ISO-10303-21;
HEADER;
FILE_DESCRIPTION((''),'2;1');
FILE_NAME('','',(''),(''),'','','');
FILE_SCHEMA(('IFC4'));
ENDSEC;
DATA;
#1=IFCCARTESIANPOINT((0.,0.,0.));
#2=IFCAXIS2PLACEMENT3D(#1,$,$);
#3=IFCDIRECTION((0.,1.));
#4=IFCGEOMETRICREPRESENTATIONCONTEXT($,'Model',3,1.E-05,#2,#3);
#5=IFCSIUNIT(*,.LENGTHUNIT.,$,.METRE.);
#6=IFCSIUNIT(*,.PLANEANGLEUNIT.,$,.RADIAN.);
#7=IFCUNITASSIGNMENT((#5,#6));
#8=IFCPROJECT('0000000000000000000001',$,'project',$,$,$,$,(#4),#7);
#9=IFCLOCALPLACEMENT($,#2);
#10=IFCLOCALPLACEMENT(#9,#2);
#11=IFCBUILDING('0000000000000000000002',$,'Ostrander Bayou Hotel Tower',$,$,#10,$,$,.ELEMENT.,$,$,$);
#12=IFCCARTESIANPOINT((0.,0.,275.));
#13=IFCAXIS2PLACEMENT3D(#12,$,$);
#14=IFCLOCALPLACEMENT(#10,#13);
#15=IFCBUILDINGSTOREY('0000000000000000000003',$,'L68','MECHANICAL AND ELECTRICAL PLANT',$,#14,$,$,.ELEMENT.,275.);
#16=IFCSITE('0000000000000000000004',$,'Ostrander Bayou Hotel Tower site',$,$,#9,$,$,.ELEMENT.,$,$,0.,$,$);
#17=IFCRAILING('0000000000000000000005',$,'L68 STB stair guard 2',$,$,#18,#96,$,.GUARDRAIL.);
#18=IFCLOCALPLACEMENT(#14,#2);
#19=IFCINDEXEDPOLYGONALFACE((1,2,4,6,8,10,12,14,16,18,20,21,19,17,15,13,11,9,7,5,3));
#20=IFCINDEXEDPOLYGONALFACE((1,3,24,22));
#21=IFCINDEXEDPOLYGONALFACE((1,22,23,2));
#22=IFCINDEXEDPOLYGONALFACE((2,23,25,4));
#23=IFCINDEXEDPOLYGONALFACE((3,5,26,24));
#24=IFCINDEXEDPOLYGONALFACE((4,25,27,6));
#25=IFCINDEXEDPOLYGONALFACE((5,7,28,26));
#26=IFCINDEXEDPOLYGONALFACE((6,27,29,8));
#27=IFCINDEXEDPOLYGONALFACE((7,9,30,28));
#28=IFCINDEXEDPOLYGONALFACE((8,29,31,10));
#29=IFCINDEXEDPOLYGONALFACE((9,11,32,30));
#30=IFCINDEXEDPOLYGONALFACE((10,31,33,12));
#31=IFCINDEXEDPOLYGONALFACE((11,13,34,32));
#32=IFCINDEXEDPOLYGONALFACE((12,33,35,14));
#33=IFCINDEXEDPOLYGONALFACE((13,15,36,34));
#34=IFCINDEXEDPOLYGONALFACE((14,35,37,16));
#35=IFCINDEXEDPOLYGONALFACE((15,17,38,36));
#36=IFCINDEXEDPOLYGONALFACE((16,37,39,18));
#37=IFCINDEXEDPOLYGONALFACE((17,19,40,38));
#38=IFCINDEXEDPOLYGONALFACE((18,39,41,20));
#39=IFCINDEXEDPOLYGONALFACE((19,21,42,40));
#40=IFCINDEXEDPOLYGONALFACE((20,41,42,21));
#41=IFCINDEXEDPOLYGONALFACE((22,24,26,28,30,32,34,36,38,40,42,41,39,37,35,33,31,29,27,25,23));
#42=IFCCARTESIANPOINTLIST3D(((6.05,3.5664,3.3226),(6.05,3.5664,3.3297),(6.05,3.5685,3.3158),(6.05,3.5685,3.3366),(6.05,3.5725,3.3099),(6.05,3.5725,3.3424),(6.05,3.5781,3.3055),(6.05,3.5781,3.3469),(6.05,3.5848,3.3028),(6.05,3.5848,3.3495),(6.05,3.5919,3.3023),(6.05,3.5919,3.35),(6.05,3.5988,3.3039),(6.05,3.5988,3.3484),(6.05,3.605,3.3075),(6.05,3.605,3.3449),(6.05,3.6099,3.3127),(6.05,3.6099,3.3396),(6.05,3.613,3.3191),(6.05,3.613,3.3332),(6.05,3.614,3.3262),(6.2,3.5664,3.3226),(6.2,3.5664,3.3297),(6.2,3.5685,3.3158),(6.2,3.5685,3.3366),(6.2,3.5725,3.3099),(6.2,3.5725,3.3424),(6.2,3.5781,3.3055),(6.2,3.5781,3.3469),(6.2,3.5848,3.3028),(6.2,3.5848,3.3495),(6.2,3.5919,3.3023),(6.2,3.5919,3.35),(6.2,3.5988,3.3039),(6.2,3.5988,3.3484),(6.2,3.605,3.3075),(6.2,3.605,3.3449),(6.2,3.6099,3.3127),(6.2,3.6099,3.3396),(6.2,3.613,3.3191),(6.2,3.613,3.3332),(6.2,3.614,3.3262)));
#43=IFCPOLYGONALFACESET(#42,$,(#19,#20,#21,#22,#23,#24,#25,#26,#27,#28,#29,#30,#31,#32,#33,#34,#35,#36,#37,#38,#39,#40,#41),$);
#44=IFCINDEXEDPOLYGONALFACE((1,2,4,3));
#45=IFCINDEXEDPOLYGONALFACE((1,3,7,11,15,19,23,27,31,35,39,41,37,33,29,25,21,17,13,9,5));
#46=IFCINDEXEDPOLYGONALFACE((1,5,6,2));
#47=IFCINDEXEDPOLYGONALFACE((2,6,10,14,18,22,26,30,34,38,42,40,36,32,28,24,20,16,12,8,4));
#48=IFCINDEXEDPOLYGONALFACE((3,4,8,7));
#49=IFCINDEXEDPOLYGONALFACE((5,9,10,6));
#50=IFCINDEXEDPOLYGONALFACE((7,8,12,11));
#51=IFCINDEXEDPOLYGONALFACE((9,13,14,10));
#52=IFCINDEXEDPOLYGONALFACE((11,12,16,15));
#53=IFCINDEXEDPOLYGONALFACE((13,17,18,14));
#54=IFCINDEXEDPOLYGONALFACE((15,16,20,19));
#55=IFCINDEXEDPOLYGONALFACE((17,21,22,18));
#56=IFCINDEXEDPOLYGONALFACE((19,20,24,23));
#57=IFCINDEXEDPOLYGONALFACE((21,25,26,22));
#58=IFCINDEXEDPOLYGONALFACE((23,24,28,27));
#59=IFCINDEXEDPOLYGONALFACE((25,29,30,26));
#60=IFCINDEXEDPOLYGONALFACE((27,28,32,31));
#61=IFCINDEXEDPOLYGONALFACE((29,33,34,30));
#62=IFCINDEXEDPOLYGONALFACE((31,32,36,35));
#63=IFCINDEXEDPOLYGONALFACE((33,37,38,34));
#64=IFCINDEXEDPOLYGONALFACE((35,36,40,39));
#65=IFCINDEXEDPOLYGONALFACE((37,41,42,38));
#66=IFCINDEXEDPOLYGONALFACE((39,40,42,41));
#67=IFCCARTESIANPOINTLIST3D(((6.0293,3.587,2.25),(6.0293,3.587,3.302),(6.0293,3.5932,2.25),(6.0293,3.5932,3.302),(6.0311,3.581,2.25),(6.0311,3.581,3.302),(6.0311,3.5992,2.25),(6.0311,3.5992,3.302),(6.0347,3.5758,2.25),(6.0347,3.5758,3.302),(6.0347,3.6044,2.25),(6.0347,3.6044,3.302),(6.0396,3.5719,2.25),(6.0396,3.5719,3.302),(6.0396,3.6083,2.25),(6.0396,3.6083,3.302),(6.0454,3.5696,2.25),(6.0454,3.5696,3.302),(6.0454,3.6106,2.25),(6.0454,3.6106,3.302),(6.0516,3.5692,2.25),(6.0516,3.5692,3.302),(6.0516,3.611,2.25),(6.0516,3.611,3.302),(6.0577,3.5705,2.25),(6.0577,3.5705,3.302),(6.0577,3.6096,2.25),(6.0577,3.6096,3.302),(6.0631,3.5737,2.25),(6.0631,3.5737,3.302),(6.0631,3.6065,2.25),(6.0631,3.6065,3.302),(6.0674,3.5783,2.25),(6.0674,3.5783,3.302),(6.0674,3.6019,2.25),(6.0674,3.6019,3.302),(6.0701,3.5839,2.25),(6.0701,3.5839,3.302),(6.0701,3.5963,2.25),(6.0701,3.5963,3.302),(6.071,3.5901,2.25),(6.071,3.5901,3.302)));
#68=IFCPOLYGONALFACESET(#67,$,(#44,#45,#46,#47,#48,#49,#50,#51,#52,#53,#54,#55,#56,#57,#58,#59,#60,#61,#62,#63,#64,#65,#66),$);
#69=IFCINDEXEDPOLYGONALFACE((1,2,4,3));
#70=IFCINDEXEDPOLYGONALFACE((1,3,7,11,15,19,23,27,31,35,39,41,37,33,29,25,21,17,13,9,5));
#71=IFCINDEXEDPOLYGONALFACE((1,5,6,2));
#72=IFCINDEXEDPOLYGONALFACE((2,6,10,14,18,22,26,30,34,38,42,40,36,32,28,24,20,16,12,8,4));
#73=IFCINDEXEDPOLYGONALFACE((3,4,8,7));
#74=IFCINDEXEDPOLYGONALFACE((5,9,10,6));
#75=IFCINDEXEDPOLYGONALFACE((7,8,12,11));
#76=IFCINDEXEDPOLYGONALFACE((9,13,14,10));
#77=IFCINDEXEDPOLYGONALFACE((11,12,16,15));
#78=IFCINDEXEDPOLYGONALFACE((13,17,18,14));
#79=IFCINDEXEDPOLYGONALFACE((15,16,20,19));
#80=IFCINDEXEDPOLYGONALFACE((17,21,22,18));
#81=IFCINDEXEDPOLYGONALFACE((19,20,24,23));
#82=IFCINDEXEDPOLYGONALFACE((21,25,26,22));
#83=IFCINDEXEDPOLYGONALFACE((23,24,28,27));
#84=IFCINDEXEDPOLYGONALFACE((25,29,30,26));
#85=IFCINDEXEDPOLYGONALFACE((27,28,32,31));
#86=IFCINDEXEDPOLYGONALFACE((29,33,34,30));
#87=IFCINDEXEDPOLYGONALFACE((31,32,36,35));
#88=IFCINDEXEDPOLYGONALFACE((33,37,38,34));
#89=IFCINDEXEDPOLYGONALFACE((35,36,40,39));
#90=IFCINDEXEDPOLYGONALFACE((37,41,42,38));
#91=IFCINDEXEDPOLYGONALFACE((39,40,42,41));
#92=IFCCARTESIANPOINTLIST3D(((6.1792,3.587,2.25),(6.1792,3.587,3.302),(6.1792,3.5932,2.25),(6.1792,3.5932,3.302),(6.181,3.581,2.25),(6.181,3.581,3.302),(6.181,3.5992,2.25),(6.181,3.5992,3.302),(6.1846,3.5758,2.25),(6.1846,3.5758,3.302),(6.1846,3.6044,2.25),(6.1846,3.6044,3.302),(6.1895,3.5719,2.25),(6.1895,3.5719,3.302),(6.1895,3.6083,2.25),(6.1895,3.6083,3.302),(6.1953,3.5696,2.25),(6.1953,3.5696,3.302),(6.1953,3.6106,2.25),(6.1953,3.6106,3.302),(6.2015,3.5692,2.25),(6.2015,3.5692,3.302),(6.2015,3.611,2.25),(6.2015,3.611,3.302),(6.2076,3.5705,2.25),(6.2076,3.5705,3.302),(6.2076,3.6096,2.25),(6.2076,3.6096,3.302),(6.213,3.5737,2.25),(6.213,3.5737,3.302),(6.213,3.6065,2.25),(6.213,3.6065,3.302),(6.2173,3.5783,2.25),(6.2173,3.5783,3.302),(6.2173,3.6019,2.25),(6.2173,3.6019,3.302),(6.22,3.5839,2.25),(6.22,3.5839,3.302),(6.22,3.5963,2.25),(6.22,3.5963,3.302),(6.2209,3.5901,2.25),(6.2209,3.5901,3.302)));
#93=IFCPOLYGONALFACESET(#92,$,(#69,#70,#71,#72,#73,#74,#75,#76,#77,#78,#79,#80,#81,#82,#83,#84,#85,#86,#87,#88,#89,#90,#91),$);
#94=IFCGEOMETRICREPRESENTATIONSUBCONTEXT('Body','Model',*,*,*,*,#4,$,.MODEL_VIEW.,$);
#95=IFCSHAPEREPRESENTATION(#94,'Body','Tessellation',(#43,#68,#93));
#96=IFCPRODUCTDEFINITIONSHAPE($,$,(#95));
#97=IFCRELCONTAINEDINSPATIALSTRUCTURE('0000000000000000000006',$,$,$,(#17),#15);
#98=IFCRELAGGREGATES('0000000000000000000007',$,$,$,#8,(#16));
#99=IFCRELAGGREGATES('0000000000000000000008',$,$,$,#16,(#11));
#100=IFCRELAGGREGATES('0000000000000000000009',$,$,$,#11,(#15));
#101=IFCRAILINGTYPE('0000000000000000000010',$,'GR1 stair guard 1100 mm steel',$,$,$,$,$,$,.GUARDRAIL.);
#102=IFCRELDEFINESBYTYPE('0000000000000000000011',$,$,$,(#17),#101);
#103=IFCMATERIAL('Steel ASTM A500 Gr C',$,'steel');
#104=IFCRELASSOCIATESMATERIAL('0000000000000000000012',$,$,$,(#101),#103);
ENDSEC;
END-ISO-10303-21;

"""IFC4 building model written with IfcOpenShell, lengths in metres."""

from ifc_helpers import new_model, si_unit, direction, frame, origin, origin_2d, place, context, subcontext, project, spatial, circle, extrude, material, type_object, element, save


model = new_model("IFC4")

# Units and contexts
model_context = context("Model", 3, precision=1e-05, world=origin(), true_north=direction((0.0, 1.0)))
body_context = subcontext(model_context, "Body", "Model", "MODEL_VIEW")
ifc_project = project(units=[si_unit("LENGTHUNIT", "METRE"), si_unit("PLANEANGLEUNIT", "RADIAN")], contexts=[model_context])

# Site, building, storey
site_placement = place(None, origin())
site = spatial("IfcSite", under=ifc_project, at=site_placement, Name="Ostrander Bayou Hotel Tower site", CompositionType="ELEMENT", RefElevation=0.0)
building_placement = place(site_placement, origin())
building = spatial("IfcBuilding", under=site, at=building_placement, Name="Ostrander Bayou Hotel Tower", CompositionType="ELEMENT")
storey_placement = place(building_placement, frame((0.0, 0.0, 275.0)))
storey = spatial("IfcBuildingStorey", under=building, at=storey_placement, Name="L68", Description="MECHANICAL AND ELECTRICAL PLANT", CompositionType="ELEMENT", Elevation=275.0)

# Railing
ifc_material_1 = material(Name="Steel ASTM A500 Gr C", Category="steel")
railing_type_1 = type_object("IfcRailingType", Name="GR1 stair guard 1100 mm steel", PredefinedType="GUARDRAIL", material=ifc_material_1)
railing_1_placement = place(storey_placement, frame((6.05, 3.5901, 2.25)))
element("IfcRailing", 1, at=railing_1_placement, inside=storey, type_object=railing_type_1, Name="L68 STB stair guard 2", PredefinedType="GUARDRAIL", context=body_context, shape_type="SweptSolid", body=[
    extrude(circle(Radius=0.0239, at=origin_2d()), frame((0.0, 0.0, 1.0762), z_axis=(1.0, 0.0, 0.0), x_axis=(0.0, 1.0, 0.0)), (0.0, 0.0, 1.0), 0.1499),
    extrude(circle(Radius=0.021, at=origin_2d()), origin(), (0.0, 0.0, 1.0), 1.052),
    extrude(circle(Radius=0.021, at=origin_2d()), frame((0.1499, 0.0, 0.0)), (0.0, 0.0, 1.0), 1.052),
])

save(model, "model.ifc")
